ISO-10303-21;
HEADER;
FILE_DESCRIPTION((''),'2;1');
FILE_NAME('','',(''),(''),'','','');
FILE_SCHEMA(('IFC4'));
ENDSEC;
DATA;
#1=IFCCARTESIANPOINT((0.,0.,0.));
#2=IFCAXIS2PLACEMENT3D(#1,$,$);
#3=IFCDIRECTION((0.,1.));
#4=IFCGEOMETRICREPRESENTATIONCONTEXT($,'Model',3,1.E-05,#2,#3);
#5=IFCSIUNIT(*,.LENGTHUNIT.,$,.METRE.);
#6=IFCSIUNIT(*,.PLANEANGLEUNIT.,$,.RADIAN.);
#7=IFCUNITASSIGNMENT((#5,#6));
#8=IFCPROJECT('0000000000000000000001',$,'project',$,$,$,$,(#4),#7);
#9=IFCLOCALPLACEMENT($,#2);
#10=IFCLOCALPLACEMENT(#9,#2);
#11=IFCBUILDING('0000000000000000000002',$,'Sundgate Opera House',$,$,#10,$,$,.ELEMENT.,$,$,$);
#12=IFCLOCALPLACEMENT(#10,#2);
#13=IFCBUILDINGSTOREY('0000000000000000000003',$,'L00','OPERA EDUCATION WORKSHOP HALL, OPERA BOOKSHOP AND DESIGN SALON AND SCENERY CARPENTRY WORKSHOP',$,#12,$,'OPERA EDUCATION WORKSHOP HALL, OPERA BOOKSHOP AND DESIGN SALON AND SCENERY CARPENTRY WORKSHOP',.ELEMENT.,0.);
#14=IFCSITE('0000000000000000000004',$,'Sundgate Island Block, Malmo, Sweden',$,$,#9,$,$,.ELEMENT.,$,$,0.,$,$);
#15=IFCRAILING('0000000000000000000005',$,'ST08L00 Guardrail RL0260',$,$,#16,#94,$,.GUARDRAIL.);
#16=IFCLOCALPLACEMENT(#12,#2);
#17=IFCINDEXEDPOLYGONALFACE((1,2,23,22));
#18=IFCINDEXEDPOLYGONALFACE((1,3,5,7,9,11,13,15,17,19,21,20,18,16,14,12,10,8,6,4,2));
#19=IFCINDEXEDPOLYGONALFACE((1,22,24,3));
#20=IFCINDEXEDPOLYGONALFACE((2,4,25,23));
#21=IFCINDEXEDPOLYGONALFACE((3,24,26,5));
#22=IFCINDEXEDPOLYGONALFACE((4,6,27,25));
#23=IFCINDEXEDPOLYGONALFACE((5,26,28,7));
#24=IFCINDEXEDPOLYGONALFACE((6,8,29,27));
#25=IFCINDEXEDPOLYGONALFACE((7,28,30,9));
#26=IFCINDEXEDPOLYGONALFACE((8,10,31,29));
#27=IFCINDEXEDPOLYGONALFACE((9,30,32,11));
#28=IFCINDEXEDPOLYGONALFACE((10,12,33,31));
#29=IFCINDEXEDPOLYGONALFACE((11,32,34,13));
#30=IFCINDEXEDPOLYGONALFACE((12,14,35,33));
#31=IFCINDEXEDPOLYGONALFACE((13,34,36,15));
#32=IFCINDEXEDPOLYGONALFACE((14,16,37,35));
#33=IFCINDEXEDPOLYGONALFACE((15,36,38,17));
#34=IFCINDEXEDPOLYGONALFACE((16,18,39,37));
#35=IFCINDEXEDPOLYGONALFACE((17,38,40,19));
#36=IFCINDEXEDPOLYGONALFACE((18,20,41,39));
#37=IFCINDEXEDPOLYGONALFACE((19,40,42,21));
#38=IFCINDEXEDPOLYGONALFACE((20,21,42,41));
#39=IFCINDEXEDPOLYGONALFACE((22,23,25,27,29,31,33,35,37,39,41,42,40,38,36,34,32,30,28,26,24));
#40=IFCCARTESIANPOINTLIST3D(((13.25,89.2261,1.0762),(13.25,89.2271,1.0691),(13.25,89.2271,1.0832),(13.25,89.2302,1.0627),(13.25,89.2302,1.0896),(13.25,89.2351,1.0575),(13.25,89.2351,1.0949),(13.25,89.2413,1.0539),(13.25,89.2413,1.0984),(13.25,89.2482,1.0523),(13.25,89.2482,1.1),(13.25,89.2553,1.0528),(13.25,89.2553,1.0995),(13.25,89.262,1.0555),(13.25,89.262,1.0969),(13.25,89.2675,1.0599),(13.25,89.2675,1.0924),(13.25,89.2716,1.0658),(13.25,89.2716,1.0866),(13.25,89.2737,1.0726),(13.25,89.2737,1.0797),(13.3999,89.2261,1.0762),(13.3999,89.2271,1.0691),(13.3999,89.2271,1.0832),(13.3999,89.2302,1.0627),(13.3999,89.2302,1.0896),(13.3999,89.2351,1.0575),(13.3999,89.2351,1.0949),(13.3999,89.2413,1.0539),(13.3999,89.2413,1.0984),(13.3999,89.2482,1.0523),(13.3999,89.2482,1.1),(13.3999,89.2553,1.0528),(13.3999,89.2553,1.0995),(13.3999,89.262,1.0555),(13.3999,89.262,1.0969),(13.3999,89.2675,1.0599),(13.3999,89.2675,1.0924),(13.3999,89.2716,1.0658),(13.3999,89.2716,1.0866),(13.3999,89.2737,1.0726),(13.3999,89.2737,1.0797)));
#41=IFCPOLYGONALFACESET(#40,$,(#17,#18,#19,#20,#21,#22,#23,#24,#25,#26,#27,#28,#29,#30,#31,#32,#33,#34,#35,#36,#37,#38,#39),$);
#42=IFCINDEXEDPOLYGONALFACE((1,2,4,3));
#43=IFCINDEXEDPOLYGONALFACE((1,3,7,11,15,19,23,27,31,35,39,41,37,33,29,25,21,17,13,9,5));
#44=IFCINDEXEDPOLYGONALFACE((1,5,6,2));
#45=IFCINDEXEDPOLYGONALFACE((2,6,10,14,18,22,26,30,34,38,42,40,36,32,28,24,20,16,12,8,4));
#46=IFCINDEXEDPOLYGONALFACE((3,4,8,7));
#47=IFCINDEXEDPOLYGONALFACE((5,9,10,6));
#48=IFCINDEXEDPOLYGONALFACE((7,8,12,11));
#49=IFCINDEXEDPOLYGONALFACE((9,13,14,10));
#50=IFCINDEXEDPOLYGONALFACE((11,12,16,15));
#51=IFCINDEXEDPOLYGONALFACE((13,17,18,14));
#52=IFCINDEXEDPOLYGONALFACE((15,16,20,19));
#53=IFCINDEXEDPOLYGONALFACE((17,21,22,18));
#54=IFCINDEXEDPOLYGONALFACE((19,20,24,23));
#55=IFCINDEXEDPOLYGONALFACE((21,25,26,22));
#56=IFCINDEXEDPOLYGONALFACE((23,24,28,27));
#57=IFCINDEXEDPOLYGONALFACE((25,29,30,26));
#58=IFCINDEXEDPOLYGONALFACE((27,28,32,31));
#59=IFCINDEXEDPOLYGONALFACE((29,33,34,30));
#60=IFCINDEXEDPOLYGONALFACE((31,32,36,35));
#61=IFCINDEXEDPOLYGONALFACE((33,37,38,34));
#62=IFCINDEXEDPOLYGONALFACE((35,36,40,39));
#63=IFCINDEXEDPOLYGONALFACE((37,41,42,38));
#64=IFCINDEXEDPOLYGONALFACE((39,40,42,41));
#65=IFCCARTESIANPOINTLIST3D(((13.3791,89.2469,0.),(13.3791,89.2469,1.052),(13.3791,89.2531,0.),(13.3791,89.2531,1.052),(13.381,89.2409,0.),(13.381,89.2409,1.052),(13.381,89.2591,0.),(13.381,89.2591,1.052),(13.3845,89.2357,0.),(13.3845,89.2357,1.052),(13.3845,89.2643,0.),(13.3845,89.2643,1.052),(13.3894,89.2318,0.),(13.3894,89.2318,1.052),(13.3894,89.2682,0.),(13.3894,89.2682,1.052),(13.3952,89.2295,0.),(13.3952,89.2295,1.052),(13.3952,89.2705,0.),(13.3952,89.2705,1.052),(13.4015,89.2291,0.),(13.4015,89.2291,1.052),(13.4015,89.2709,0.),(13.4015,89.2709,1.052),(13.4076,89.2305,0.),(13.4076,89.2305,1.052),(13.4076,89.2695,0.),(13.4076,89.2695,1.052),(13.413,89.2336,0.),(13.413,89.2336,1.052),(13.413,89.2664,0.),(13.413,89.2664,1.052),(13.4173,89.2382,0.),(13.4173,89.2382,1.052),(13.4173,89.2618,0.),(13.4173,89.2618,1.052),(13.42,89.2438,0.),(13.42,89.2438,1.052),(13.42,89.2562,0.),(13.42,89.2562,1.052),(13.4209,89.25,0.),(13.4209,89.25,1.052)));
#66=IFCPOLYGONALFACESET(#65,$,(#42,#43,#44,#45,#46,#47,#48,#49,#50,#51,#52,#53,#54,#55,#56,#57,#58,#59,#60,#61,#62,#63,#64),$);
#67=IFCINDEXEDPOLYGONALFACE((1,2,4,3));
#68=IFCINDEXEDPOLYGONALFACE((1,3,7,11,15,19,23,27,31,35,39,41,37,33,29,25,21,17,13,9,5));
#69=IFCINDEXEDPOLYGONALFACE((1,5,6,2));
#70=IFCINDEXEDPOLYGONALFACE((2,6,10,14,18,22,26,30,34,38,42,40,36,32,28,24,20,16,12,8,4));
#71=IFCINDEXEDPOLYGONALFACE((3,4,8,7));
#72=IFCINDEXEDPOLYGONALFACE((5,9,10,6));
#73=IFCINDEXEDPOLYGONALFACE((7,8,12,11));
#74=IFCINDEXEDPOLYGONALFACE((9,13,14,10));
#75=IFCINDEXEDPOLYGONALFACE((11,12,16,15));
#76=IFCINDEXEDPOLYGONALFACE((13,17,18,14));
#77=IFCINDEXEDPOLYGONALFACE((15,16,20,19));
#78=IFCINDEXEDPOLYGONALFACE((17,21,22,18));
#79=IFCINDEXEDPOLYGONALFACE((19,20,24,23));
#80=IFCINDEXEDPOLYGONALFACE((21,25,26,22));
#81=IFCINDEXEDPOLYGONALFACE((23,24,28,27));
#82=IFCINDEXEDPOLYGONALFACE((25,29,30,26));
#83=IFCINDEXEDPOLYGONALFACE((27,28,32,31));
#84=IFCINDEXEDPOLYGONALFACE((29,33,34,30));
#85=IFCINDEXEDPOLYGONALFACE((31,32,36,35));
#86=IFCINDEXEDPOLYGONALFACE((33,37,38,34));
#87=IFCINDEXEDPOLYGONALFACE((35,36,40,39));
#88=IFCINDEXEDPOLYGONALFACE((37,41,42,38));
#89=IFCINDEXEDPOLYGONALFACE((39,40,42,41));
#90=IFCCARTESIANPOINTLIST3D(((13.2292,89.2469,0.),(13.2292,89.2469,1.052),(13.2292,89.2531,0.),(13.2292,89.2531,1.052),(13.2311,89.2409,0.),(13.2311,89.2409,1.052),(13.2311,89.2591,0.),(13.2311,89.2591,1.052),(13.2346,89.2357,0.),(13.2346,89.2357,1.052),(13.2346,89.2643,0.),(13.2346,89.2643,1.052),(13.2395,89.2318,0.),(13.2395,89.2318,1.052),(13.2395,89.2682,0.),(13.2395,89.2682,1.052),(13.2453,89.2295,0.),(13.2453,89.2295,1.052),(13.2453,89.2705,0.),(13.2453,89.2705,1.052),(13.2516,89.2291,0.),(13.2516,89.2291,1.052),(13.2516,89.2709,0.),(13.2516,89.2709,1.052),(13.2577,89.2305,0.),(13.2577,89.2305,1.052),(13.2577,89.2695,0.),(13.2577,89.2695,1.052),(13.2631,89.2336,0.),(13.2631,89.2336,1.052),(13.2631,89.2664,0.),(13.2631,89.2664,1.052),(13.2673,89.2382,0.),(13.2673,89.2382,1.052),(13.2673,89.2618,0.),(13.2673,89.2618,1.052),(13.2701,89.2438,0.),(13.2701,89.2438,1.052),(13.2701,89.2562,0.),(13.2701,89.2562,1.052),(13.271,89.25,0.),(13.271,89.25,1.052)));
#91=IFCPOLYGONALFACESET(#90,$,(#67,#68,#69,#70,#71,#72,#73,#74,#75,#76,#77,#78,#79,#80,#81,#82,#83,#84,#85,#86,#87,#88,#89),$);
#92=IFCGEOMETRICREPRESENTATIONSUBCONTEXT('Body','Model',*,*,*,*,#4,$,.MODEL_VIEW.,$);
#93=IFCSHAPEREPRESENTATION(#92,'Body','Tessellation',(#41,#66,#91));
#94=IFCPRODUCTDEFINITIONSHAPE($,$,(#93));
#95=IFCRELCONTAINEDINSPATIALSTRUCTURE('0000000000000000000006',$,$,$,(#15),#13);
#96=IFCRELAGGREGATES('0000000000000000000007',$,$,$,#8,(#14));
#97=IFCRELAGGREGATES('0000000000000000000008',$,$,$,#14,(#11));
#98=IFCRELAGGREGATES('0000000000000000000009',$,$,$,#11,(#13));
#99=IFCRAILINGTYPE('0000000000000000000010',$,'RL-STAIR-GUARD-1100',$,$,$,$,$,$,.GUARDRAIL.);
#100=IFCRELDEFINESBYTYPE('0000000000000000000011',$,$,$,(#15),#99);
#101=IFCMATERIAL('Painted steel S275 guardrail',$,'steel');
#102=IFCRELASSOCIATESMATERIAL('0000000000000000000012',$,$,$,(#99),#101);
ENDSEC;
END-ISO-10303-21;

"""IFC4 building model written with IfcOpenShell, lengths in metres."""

from ifc_helpers import new_model, si_unit, direction, frame, origin, origin_2d, place, context, subcontext, project, spatial, circle, extrude, material, type_object, element, save


model = new_model("IFC4")

# Units and contexts
model_context = context("Model", 3, precision=1e-05, world=origin(), true_north=direction((0.0, 1.0)))
body_context = subcontext(model_context, "Body", "Model", "MODEL_VIEW")
ifc_project = project(units=[si_unit("LENGTHUNIT", "METRE"), si_unit("PLANEANGLEUNIT", "RADIAN")], contexts=[model_context])

# Site, building, storey
site_placement = place(None, origin())
site = spatial("IfcSite", under=ifc_project, at=site_placement, Name="Sundgate Island Block, Malmo, Sweden", CompositionType="ELEMENT", RefElevation=0.0)
building_placement = place(site_placement, origin())
building = spatial("IfcBuilding", under=site, at=building_placement, Name="Sundgate Opera House", CompositionType="ELEMENT")
storey_placement = place(building_placement, origin())
storey = spatial("IfcBuildingStorey", under=building, at=storey_placement, Name="L00", Description="OPERA EDUCATION WORKSHOP HALL, OPERA BOOKSHOP AND DESIGN SALON AND SCENERY CARPENTRY WORKSHOP", LongName="OPERA EDUCATION WORKSHOP HALL, OPERA BOOKSHOP AND DESIGN SALON AND SCENERY CARPENTRY WORKSHOP", CompositionType="ELEMENT", Elevation=0.0)

# Railing
ifc_material_1 = material(Name="Painted steel S275 guardrail", Category="steel")
railing_type_1 = type_object("IfcRailingType", Name="RL-STAIR-GUARD-1100", PredefinedType="GUARDRAIL", material=ifc_material_1)
railing_1_placement = place(storey_placement, frame((13.3999, 89.25, 0.0)))
element("IfcRailing", 1, at=railing_1_placement, inside=storey, type_object=railing_type_1, Name="ST08L00 Guardrail RL0260", PredefinedType="GUARDRAIL", context=body_context, shape_type="SweptSolid", body=[
    extrude(circle(Radius=0.0239, at=origin_2d()), frame((0.0, 0.0, 1.0762), z_axis=(-1.0, 0.0, 0.0), x_axis=(0.0, -1.0, 0.0)), (0.0, 0.0, 1.0), 0.1499),
    extrude(circle(Radius=0.021, at=origin_2d()), origin(), (0.0, 0.0, 1.0), 1.052),
    extrude(circle(Radius=0.021, at=origin_2d()), frame((-0.1499, 0.0, 0.0)), (0.0, 0.0, 1.0), 1.052),
])

save(model, "model.ifc")
